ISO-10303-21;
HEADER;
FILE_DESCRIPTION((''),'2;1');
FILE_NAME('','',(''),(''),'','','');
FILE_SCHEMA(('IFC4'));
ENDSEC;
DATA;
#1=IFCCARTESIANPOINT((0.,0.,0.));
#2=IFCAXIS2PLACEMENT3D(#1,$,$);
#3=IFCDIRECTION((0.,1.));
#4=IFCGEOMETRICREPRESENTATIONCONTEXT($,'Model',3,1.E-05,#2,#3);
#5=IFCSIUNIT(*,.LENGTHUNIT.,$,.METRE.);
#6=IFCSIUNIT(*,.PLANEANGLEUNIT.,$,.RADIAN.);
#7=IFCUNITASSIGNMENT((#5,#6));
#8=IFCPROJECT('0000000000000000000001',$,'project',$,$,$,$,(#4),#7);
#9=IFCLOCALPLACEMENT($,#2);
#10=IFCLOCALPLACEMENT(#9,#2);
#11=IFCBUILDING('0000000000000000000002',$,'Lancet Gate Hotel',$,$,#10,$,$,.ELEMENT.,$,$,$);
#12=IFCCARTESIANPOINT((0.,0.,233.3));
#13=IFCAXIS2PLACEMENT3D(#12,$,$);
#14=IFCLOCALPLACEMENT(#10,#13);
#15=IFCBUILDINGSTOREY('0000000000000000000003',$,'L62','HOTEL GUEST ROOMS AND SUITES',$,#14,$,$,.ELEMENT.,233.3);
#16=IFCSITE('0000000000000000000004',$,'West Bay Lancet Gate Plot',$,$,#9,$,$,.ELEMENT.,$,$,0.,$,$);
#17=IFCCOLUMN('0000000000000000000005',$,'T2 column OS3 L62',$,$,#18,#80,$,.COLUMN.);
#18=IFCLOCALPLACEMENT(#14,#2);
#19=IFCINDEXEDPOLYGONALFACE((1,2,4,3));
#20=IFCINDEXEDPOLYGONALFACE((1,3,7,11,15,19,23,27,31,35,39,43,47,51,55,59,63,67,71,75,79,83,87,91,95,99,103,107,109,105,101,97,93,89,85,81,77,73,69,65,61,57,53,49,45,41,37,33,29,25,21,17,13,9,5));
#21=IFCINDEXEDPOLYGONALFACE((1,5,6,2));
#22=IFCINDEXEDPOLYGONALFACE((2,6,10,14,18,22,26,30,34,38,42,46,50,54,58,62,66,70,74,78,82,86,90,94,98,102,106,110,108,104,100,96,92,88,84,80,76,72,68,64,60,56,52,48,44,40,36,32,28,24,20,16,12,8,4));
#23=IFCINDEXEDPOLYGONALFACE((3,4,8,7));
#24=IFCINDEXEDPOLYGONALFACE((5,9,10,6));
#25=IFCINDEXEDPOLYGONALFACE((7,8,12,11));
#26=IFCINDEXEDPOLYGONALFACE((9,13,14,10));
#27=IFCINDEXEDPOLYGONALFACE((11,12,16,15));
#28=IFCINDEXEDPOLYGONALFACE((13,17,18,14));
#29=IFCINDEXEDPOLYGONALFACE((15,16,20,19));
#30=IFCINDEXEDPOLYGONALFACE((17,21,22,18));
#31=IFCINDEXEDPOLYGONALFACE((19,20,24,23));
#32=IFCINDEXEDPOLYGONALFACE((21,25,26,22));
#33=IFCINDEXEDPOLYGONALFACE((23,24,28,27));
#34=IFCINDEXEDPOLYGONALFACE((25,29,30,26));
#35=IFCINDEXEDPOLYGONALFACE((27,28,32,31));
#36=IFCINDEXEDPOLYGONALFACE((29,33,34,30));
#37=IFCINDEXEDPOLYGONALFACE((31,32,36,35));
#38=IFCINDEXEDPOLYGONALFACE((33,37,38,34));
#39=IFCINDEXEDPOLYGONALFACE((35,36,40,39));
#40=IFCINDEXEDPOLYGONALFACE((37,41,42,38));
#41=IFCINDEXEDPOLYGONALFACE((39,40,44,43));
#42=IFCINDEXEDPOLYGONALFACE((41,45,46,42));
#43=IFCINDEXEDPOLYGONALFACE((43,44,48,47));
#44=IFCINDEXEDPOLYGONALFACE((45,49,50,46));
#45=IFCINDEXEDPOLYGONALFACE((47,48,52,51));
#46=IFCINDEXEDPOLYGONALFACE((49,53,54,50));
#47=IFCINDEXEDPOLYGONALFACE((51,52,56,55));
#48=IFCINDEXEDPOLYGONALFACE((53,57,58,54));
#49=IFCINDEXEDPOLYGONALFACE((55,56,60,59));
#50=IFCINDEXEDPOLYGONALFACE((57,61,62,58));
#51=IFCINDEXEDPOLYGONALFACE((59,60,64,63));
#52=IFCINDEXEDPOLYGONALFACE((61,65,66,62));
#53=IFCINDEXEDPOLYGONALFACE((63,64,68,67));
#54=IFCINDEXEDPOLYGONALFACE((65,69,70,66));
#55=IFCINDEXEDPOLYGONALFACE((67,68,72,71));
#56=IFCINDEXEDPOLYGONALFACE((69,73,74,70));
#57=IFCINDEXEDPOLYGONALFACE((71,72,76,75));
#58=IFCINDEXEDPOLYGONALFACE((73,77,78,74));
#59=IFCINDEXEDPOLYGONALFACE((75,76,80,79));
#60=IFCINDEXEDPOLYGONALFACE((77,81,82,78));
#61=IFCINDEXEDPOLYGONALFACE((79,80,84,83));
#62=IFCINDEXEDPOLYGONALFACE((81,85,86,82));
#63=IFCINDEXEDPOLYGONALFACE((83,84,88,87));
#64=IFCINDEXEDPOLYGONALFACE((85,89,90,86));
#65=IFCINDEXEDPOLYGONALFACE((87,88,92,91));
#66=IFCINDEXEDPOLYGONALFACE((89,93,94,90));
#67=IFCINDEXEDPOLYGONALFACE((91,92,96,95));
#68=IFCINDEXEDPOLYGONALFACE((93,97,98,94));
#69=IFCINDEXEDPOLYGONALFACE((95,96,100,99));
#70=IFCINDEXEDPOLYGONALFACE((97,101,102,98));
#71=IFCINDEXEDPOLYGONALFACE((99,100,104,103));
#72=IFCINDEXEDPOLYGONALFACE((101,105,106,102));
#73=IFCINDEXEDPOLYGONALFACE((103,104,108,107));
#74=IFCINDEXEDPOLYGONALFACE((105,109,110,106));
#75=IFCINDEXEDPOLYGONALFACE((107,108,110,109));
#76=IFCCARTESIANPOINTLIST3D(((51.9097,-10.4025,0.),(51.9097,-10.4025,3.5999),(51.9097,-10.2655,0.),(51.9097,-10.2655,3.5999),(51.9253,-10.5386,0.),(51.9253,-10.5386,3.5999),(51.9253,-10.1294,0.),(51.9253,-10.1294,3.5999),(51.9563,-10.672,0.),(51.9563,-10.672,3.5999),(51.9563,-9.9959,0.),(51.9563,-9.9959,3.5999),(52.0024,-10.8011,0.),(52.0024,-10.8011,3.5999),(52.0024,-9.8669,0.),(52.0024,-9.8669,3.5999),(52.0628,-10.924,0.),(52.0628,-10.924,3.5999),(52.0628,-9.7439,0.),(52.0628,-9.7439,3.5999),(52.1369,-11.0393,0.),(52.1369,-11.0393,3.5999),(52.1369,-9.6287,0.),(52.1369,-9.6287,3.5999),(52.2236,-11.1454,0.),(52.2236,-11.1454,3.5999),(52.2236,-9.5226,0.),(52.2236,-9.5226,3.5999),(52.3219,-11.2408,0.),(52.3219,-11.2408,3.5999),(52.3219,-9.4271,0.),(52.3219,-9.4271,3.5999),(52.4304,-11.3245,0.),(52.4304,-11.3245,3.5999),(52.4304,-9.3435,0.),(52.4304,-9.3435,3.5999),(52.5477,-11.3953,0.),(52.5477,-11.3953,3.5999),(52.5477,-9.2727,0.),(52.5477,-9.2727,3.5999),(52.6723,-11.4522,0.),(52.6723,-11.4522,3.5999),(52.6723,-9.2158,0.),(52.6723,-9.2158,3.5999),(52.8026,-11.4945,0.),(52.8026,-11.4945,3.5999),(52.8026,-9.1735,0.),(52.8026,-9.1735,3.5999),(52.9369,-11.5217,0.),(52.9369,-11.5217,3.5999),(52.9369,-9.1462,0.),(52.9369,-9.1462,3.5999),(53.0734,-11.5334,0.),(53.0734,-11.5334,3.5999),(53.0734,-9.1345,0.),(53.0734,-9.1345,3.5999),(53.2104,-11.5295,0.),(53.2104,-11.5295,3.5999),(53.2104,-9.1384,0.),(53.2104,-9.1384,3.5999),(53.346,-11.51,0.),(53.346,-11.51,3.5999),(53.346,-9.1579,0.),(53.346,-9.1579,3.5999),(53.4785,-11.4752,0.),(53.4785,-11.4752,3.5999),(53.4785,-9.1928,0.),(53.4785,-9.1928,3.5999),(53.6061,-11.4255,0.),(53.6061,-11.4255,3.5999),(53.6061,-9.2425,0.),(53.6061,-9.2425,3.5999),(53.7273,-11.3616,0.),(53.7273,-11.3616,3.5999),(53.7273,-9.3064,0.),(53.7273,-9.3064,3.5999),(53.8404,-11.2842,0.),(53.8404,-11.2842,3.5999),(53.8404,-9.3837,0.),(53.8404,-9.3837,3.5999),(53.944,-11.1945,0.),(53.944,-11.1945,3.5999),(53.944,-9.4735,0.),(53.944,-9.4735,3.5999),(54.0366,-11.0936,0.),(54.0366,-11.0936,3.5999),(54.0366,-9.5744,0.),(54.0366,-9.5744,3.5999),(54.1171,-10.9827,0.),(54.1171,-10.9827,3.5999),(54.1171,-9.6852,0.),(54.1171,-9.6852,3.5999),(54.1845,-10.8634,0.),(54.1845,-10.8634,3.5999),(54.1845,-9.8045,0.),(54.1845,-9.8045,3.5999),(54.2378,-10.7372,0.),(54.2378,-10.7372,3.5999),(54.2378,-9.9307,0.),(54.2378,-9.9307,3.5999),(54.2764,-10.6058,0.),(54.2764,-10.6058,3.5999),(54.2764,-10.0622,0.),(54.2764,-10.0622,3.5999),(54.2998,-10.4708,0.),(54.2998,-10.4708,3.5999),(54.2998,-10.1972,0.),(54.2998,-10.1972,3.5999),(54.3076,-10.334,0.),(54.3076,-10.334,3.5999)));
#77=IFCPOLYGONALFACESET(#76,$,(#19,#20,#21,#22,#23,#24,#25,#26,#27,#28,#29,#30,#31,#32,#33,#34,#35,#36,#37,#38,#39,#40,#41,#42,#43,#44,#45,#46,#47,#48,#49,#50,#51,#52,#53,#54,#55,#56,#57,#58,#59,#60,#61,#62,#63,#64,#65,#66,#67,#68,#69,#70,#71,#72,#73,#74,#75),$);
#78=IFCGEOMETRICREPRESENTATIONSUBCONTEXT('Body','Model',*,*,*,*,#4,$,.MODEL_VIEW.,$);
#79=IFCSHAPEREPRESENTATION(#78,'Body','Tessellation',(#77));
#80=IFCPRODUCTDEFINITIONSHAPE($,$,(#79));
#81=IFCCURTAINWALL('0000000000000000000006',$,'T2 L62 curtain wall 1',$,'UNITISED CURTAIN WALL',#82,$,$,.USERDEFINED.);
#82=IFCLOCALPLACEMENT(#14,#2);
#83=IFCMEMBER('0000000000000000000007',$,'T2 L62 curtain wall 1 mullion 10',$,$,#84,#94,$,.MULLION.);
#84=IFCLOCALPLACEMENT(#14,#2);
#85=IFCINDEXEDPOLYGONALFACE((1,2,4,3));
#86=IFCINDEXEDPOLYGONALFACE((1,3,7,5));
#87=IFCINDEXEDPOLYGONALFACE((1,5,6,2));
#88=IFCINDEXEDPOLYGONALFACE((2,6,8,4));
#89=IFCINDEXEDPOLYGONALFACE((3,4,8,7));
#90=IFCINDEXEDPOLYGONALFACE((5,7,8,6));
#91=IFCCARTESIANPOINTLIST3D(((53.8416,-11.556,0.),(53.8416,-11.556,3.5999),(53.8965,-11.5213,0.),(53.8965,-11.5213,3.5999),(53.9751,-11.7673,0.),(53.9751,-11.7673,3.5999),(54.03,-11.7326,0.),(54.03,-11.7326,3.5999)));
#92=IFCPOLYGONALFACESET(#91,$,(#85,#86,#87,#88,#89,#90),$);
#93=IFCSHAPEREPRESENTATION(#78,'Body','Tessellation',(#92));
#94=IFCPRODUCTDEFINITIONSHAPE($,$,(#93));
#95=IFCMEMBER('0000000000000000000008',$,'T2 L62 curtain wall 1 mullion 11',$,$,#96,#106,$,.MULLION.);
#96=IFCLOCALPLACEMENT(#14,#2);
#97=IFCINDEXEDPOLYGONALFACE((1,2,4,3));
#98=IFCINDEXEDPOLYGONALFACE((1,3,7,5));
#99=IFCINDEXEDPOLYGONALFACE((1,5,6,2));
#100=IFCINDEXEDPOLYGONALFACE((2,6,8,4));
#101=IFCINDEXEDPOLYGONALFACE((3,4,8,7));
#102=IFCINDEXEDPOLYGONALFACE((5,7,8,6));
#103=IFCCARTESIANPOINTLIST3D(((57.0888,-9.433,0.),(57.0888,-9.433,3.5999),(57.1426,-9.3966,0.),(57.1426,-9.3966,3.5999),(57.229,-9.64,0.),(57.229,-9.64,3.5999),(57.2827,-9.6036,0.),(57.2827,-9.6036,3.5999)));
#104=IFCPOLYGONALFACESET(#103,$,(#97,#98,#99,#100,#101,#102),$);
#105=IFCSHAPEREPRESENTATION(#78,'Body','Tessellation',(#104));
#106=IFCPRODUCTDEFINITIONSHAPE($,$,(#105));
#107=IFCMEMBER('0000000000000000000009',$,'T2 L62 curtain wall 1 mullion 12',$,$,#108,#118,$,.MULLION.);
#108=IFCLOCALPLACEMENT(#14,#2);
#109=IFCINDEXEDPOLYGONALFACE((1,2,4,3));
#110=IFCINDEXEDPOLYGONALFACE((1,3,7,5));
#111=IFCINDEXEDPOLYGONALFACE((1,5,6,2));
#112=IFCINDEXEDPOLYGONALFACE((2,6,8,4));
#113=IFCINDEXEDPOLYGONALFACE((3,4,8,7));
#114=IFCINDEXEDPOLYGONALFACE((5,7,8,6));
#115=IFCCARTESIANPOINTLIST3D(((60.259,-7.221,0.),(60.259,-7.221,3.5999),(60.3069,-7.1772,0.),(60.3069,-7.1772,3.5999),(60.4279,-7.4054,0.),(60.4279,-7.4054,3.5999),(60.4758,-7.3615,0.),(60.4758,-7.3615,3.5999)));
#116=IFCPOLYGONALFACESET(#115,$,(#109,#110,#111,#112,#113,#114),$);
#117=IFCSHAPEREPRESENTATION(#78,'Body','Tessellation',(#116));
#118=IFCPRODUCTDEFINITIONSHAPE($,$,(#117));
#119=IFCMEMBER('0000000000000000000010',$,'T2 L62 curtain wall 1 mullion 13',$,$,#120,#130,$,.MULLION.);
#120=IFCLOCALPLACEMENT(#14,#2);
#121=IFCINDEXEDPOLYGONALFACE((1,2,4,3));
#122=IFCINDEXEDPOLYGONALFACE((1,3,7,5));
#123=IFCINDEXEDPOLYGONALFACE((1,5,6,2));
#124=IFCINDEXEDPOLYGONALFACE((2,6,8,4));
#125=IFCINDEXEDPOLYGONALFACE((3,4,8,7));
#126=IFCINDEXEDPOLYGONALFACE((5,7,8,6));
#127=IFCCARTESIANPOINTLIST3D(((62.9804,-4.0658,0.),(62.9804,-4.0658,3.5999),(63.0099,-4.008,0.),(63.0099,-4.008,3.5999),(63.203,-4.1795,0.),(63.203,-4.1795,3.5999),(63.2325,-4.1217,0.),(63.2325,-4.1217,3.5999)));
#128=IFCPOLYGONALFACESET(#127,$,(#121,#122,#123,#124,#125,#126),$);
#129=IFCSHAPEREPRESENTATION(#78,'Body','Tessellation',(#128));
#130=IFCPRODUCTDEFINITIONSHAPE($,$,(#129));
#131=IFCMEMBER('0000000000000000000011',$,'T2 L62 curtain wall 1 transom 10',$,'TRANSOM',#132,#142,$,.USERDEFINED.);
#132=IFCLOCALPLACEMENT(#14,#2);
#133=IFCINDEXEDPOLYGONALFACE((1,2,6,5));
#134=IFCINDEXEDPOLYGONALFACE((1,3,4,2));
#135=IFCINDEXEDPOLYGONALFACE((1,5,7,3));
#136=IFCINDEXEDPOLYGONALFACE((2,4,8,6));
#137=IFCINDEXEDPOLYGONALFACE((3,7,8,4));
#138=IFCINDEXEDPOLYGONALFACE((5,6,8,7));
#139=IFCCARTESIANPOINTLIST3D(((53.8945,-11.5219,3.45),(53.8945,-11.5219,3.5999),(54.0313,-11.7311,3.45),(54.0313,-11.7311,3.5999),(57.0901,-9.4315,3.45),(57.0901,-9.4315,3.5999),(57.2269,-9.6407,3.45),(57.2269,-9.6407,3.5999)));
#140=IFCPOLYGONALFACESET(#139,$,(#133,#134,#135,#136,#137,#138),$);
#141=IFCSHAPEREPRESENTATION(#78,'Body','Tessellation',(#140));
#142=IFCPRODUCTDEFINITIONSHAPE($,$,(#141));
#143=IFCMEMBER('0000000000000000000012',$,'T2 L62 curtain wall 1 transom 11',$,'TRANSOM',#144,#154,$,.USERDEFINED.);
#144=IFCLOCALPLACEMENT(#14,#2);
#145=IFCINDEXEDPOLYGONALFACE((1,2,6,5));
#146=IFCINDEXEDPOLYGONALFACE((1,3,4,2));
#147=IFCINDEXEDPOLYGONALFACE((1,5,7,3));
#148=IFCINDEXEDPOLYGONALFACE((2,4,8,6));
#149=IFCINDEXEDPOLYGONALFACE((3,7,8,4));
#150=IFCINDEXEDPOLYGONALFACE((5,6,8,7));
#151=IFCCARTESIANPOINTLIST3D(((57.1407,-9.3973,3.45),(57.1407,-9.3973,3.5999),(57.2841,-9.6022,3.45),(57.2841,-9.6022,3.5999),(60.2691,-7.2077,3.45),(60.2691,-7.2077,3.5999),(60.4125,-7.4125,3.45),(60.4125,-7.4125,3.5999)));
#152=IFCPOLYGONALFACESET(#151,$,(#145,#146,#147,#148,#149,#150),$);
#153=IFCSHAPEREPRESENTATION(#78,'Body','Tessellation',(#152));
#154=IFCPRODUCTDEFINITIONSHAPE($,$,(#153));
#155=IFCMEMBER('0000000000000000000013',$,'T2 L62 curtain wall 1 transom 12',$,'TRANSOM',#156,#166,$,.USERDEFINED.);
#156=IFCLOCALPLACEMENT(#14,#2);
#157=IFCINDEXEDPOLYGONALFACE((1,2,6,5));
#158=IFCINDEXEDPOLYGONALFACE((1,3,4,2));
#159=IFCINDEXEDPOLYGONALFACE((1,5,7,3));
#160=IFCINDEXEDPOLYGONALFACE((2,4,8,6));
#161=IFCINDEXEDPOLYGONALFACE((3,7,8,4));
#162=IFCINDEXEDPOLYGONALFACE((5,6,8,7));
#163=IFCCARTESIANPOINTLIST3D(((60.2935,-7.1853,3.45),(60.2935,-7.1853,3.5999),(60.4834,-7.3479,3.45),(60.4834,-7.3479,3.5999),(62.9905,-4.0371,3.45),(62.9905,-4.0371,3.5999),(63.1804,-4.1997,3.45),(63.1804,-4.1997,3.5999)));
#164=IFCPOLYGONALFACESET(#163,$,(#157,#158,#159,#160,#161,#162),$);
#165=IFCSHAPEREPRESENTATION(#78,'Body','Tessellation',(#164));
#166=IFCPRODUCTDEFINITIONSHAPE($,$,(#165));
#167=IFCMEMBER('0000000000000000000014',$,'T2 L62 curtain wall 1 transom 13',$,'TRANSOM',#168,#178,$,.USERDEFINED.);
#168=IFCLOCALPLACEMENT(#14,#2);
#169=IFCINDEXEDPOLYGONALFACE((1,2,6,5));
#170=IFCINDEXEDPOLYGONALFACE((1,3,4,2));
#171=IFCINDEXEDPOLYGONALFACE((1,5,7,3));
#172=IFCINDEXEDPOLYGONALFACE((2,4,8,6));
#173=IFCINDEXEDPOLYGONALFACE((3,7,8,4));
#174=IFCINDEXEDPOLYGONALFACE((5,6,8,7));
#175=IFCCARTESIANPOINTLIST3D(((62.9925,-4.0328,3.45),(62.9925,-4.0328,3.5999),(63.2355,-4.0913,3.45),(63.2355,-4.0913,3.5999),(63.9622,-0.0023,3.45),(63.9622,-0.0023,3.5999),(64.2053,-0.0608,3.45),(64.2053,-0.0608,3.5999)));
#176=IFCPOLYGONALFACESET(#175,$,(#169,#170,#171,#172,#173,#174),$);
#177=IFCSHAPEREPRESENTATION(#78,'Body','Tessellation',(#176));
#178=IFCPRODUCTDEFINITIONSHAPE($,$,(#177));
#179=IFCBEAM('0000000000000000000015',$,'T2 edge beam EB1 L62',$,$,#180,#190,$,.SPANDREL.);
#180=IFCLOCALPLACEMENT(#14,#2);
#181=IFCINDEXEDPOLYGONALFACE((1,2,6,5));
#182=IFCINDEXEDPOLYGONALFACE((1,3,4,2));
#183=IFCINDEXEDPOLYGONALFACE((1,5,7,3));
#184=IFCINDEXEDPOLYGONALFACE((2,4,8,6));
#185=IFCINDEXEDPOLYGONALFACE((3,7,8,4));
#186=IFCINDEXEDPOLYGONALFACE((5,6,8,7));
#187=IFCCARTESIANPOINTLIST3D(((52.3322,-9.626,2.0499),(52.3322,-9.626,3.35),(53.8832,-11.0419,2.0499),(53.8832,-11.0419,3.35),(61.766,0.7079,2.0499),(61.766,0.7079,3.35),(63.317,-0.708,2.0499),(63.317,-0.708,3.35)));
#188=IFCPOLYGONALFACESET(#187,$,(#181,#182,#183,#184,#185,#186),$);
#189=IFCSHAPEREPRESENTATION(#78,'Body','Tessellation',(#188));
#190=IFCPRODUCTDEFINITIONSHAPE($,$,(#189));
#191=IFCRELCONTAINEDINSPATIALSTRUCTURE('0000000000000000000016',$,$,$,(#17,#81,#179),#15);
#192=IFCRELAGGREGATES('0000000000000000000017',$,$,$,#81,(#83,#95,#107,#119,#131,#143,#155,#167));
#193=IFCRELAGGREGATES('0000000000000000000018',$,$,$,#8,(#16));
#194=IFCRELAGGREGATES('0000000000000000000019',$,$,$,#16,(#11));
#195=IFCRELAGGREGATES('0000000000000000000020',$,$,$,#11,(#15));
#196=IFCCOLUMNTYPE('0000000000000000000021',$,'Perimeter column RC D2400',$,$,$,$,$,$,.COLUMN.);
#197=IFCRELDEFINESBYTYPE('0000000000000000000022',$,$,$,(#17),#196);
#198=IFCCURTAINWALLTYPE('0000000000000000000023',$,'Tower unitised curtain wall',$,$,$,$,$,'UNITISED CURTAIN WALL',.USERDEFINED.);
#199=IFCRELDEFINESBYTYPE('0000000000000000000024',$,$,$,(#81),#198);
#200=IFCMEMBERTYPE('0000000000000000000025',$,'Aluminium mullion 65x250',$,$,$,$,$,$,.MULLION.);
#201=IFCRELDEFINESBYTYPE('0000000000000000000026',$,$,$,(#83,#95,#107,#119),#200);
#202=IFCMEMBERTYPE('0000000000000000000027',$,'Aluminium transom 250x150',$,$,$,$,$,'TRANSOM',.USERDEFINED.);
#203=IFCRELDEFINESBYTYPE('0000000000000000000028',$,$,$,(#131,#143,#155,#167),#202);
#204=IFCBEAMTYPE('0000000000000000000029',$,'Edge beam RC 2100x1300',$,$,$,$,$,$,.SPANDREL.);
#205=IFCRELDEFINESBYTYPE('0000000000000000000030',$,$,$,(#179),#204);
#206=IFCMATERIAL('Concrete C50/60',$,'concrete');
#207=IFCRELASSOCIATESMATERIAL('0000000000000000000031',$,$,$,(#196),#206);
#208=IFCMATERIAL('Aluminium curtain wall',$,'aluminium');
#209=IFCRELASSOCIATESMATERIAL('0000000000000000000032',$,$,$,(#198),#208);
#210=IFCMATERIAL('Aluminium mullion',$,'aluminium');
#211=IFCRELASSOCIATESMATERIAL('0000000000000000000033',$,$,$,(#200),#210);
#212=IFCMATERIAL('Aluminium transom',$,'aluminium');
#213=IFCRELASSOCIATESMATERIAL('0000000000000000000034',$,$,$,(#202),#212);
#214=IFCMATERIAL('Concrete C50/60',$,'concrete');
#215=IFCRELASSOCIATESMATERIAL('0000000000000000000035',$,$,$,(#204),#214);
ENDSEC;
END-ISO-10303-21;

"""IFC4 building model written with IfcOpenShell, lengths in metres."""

from ifc_helpers import new_model, si_unit, direction, frame, origin, origin_2d, place, context, subcontext, project, spatial, rectangle, circle, extrude, material, material_profile, profile_set, type_object, element, aggregate, save


model = new_model("IFC4")

# Units and contexts
model_context = context("Model", 3, precision=1e-05, world=origin(), true_north=direction((0.0, 1.0)))
body_context = subcontext(model_context, "Body", "Model", "MODEL_VIEW")
ifc_project = project(units=[si_unit("LENGTHUNIT", "METRE"), si_unit("PLANEANGLEUNIT", "RADIAN")], contexts=[model_context])

# Site, building, storey
site_placement = place(None, origin())
site = spatial("IfcSite", under=ifc_project, at=site_placement, Name="West Bay Lancet Gate Plot", CompositionType="ELEMENT", RefElevation=0.0)
building_placement = place(site_placement, origin())
building = spatial("IfcBuilding", under=site, at=building_placement, Name="Lancet Gate Hotel", CompositionType="ELEMENT")
storey_placement = place(building_placement, frame((0.0, 0.0, 233.3)))
storey = spatial("IfcBuildingStorey", under=building, at=storey_placement, Name="L62", Description="HOTEL GUEST ROOMS AND SUITES", CompositionType="ELEMENT", Elevation=233.3)

# Column
ifc_material_1 = material(Name="Concrete C50/60", Category="concrete")
ifc_material_profile_1 = material_profile(ifc_material_1, circle(Radius=1.2, at=origin_2d()), Name="RC D2400")
ifc_profile_set_1 = profile_set([ifc_material_profile_1], Name="Concrete C50/60")
column_type = type_object("IfcColumnType", Name="Perimeter column RC D2400", PredefinedType="COLUMN", material=ifc_profile_set_1)
column_placement = place(storey_placement, frame((53.1077, -10.334, 0.0), z_axis=(0.0, 0.0, 1.0), x_axis=(1.0, 0.0, 0.0)))
element("IfcColumn", 1, at=column_placement, inside=storey, type_object=column_type, Name="T2 column OS3 L62", PredefinedType="COLUMN", context=body_context, shape_type="SweptSolid", body=[
    extrude(circle(Radius=1.2, at=origin_2d()), origin(), (0.0, 0.0, 1.0), 3.5999),
])

# Curtain wall, members
ifc_material_2 = material(Name="Aluminium curtain wall", Category="aluminium")
curtain_wall_type = type_object("IfcCurtainWallType", Name="Tower unitised curtain wall", ElementType="UNITISED CURTAIN WALL", PredefinedType="USERDEFINED", material=ifc_material_2)
curtain_wall_placement = place(storey_placement, origin())
curtain_wall = element("IfcCurtainWall", 2, at=curtain_wall_placement, inside=storey, type_object=curtain_wall_type, Name="T2 L62 curtain wall 1", ObjectType="UNITISED CURTAIN WALL", PredefinedType="USERDEFINED")
ifc_material_3 = material(Name="Aluminium mullion", Category="aluminium")
ifc_material_profile_2 = material_profile(ifc_material_3, rectangle(XDim=0.0649, YDim=0.25, at=origin_2d()), Name="MULLION 65x250")
ifc_profile_set_2 = profile_set([ifc_material_profile_2], Name="Aluminium mullion")
member_type_1 = type_object("IfcMemberType", Name="Aluminium mullion 65x250", PredefinedType="MULLION", material=ifc_profile_set_2)
member_1_placement = place(storey_placement, frame((53.9358, -11.6443, 0.0), z_axis=(0.0, 0.0, 1.0), x_axis=(0.84534, 0.534229, 0.0)))
member_1 = element("IfcMember", 3, at=member_1_placement, type_object=member_type_1, Name="T2 L62 curtain wall 1 mullion 10", PredefinedType="MULLION", context=body_context, shape_type="SweptSolid", body=[
    extrude(rectangle(XDim=0.0649, YDim=0.25, at=origin_2d()), origin(), (0.0, 0.0, 1.0), 3.5999),
])
member_2_placement = place(storey_placement, frame((57.1858, -9.5183, 0.0), z_axis=(0.0, 0.0, 1.0), x_axis=(0.828155, 0.5605, 0.0)))
member_2 = element("IfcMember", 4, at=member_2_placement, type_object=member_type_1, Name="T2 L62 curtain wall 1 mullion 11", PredefinedType="MULLION", context=body_context, shape_type="SweptSolid", body=[
    extrude(rectangle(XDim=0.0649, YDim=0.25, at=origin_2d()), origin(), (0.0, 0.0, 1.0), 3.5999),
])
member_3_placement = place(storey_placement, frame((60.3674, -7.2913, 0.0), z_axis=(0.0, 0.0, 1.0), x_axis=(0.737323, 0.67554, 0.0)))
member_3 = element("IfcMember", 5, at=member_3_placement, type_object=member_type_1, Name="T2 L62 curtain wall 1 mullion 12", PredefinedType="MULLION", context=body_context, shape_type="SweptSolid", body=[
    extrude(rectangle(XDim=0.0649, YDim=0.25, at=origin_2d()), origin(), (0.0, 0.0, 1.0), 3.5999),
])
member_4_placement = place(storey_placement, frame((63.1064, -4.0938, 0.0), z_axis=(0.0, 0.0, 1.0), x_axis=(0.454853, 0.890567, 0.0)))
member_4 = element("IfcMember", 6, at=member_4_placement, type_object=member_type_1, Name="T2 L62 curtain wall 1 mullion 13", PredefinedType="MULLION", context=body_context, shape_type="SweptSolid", body=[
    extrude(rectangle(XDim=0.0649, YDim=0.25, at=origin_2d()), origin(), (0.0, 0.0, 1.0), 3.5999),
])
ifc_material_4 = material(Name="Aluminium transom", Category="aluminium")
ifc_material_profile_3 = material_profile(ifc_material_4, rectangle(XDim=0.25, YDim=0.1499, at=origin_2d()), Name="TRANSOM 250x150")
ifc_profile_set_3 = profile_set([ifc_material_profile_3], Name="Aluminium transom")
member_type_2 = type_object("IfcMemberType", Name="Aluminium transom 250x150", ElementType="TRANSOM", PredefinedType="USERDEFINED", material=ifc_profile_set_3)
member_5_placement = place(storey_placement, frame((53.9629, -11.6265, 3.5249), z_axis=(0.836858, 0.54742, 0.0), x_axis=(-0.54742, 0.836858, 0.0)))
member_5 = element("IfcMember", 7, at=member_5_placement, type_object=member_type_2, Name="T2 L62 curtain wall 1 transom 10", ObjectType="TRANSOM", PredefinedType="USERDEFINED", context=body_context, shape_type="SweptSolid", body=[
    extrude(rectangle(XDim=0.25, YDim=0.1499, at=origin_2d()), origin(), (0.0, 0.0, 1.0), 3.8186),
])
member_6_placement = place(storey_placement, frame((57.2124, -9.4998, 3.5249), z_axis=(0.819256, 0.573428, 0.0), x_axis=(-0.573428, 0.819256, 0.0)))
member_6 = element("IfcMember", 8, at=member_6_placement, type_object=member_type_2, Name="T2 L62 curtain wall 1 transom 11", ObjectType="TRANSOM", PredefinedType="USERDEFINED", context=body_context, shape_type="SweptSolid", body=[
    extrude(rectangle(XDim=0.25, YDim=0.1499, at=origin_2d()), origin(), (0.0, 0.0, 1.0), 3.8186),
])
member_7_placement = place(storey_placement, frame((60.3884, -7.2666, 3.5249), z_axis=(0.650593, 0.759427, 0.0), x_axis=(-0.759427, 0.650593, 0.0)))
member_7 = element("IfcMember", 9, at=member_7_placement, type_object=member_type_2, Name="T2 L62 curtain wall 1 transom 12", ObjectType="TRANSOM", PredefinedType="USERDEFINED", context=body_context, shape_type="SweptSolid", body=[
    extrude(rectangle(XDim=0.25, YDim=0.1499, at=origin_2d()), origin(), (0.0, 0.0, 1.0), 4.1455),
])
member_8_placement = place(storey_placement, frame((63.114, -4.062, 3.5249), z_axis=(0.233921, 0.972256, 0.0), x_axis=(-0.972256, 0.233921, 0.0)))
member_8 = element("IfcMember", 10, at=member_8_placement, type_object=member_type_2, Name="T2 L62 curtain wall 1 transom 13", ObjectType="TRANSOM", PredefinedType="USERDEFINED", context=body_context, shape_type="SweptSolid", body=[
    extrude(rectangle(XDim=0.25, YDim=0.1499, at=origin_2d()), origin(), (0.0, 0.0, 1.0), 4.1455),
])

# Beam
ifc_material_5 = material(Name="Concrete C50/60", Category="concrete")
ifc_material_profile_4 = material_profile(ifc_material_5, rectangle(XDim=2.1001, YDim=1.3, at=origin_2d()), Name="RC 2100x1300")
ifc_profile_set_4 = profile_set([ifc_material_profile_4], Name="Concrete C50/60")
beam_type_1 = type_object("IfcBeamType", Name="Edge beam RC 2100x1300", PredefinedType="SPANDREL", material=ifc_profile_set_4)
beam_1_placement = place(storey_placement, frame((53.1077, -10.334, 2.7), z_axis=(0.674209, 0.73854, 0.0), x_axis=(-0.73854, 0.674209, 0.0)))
element("IfcBeam", 11, at=beam_1_placement, inside=storey, type_object=beam_type_1, Name="T2 edge beam EB1 L62", PredefinedType="SPANDREL", context=body_context, shape_type="SweptSolid", body=[
    extrude(rectangle(XDim=2.1001, YDim=1.3, at=origin_2d()), origin(), (0.0, 0.0, 1.0), 13.9924),
])

aggregate(curtain_wall, [member_1, member_2, member_3, member_4, member_5, member_6, member_7, member_8])

save(model, "model.ifc")
